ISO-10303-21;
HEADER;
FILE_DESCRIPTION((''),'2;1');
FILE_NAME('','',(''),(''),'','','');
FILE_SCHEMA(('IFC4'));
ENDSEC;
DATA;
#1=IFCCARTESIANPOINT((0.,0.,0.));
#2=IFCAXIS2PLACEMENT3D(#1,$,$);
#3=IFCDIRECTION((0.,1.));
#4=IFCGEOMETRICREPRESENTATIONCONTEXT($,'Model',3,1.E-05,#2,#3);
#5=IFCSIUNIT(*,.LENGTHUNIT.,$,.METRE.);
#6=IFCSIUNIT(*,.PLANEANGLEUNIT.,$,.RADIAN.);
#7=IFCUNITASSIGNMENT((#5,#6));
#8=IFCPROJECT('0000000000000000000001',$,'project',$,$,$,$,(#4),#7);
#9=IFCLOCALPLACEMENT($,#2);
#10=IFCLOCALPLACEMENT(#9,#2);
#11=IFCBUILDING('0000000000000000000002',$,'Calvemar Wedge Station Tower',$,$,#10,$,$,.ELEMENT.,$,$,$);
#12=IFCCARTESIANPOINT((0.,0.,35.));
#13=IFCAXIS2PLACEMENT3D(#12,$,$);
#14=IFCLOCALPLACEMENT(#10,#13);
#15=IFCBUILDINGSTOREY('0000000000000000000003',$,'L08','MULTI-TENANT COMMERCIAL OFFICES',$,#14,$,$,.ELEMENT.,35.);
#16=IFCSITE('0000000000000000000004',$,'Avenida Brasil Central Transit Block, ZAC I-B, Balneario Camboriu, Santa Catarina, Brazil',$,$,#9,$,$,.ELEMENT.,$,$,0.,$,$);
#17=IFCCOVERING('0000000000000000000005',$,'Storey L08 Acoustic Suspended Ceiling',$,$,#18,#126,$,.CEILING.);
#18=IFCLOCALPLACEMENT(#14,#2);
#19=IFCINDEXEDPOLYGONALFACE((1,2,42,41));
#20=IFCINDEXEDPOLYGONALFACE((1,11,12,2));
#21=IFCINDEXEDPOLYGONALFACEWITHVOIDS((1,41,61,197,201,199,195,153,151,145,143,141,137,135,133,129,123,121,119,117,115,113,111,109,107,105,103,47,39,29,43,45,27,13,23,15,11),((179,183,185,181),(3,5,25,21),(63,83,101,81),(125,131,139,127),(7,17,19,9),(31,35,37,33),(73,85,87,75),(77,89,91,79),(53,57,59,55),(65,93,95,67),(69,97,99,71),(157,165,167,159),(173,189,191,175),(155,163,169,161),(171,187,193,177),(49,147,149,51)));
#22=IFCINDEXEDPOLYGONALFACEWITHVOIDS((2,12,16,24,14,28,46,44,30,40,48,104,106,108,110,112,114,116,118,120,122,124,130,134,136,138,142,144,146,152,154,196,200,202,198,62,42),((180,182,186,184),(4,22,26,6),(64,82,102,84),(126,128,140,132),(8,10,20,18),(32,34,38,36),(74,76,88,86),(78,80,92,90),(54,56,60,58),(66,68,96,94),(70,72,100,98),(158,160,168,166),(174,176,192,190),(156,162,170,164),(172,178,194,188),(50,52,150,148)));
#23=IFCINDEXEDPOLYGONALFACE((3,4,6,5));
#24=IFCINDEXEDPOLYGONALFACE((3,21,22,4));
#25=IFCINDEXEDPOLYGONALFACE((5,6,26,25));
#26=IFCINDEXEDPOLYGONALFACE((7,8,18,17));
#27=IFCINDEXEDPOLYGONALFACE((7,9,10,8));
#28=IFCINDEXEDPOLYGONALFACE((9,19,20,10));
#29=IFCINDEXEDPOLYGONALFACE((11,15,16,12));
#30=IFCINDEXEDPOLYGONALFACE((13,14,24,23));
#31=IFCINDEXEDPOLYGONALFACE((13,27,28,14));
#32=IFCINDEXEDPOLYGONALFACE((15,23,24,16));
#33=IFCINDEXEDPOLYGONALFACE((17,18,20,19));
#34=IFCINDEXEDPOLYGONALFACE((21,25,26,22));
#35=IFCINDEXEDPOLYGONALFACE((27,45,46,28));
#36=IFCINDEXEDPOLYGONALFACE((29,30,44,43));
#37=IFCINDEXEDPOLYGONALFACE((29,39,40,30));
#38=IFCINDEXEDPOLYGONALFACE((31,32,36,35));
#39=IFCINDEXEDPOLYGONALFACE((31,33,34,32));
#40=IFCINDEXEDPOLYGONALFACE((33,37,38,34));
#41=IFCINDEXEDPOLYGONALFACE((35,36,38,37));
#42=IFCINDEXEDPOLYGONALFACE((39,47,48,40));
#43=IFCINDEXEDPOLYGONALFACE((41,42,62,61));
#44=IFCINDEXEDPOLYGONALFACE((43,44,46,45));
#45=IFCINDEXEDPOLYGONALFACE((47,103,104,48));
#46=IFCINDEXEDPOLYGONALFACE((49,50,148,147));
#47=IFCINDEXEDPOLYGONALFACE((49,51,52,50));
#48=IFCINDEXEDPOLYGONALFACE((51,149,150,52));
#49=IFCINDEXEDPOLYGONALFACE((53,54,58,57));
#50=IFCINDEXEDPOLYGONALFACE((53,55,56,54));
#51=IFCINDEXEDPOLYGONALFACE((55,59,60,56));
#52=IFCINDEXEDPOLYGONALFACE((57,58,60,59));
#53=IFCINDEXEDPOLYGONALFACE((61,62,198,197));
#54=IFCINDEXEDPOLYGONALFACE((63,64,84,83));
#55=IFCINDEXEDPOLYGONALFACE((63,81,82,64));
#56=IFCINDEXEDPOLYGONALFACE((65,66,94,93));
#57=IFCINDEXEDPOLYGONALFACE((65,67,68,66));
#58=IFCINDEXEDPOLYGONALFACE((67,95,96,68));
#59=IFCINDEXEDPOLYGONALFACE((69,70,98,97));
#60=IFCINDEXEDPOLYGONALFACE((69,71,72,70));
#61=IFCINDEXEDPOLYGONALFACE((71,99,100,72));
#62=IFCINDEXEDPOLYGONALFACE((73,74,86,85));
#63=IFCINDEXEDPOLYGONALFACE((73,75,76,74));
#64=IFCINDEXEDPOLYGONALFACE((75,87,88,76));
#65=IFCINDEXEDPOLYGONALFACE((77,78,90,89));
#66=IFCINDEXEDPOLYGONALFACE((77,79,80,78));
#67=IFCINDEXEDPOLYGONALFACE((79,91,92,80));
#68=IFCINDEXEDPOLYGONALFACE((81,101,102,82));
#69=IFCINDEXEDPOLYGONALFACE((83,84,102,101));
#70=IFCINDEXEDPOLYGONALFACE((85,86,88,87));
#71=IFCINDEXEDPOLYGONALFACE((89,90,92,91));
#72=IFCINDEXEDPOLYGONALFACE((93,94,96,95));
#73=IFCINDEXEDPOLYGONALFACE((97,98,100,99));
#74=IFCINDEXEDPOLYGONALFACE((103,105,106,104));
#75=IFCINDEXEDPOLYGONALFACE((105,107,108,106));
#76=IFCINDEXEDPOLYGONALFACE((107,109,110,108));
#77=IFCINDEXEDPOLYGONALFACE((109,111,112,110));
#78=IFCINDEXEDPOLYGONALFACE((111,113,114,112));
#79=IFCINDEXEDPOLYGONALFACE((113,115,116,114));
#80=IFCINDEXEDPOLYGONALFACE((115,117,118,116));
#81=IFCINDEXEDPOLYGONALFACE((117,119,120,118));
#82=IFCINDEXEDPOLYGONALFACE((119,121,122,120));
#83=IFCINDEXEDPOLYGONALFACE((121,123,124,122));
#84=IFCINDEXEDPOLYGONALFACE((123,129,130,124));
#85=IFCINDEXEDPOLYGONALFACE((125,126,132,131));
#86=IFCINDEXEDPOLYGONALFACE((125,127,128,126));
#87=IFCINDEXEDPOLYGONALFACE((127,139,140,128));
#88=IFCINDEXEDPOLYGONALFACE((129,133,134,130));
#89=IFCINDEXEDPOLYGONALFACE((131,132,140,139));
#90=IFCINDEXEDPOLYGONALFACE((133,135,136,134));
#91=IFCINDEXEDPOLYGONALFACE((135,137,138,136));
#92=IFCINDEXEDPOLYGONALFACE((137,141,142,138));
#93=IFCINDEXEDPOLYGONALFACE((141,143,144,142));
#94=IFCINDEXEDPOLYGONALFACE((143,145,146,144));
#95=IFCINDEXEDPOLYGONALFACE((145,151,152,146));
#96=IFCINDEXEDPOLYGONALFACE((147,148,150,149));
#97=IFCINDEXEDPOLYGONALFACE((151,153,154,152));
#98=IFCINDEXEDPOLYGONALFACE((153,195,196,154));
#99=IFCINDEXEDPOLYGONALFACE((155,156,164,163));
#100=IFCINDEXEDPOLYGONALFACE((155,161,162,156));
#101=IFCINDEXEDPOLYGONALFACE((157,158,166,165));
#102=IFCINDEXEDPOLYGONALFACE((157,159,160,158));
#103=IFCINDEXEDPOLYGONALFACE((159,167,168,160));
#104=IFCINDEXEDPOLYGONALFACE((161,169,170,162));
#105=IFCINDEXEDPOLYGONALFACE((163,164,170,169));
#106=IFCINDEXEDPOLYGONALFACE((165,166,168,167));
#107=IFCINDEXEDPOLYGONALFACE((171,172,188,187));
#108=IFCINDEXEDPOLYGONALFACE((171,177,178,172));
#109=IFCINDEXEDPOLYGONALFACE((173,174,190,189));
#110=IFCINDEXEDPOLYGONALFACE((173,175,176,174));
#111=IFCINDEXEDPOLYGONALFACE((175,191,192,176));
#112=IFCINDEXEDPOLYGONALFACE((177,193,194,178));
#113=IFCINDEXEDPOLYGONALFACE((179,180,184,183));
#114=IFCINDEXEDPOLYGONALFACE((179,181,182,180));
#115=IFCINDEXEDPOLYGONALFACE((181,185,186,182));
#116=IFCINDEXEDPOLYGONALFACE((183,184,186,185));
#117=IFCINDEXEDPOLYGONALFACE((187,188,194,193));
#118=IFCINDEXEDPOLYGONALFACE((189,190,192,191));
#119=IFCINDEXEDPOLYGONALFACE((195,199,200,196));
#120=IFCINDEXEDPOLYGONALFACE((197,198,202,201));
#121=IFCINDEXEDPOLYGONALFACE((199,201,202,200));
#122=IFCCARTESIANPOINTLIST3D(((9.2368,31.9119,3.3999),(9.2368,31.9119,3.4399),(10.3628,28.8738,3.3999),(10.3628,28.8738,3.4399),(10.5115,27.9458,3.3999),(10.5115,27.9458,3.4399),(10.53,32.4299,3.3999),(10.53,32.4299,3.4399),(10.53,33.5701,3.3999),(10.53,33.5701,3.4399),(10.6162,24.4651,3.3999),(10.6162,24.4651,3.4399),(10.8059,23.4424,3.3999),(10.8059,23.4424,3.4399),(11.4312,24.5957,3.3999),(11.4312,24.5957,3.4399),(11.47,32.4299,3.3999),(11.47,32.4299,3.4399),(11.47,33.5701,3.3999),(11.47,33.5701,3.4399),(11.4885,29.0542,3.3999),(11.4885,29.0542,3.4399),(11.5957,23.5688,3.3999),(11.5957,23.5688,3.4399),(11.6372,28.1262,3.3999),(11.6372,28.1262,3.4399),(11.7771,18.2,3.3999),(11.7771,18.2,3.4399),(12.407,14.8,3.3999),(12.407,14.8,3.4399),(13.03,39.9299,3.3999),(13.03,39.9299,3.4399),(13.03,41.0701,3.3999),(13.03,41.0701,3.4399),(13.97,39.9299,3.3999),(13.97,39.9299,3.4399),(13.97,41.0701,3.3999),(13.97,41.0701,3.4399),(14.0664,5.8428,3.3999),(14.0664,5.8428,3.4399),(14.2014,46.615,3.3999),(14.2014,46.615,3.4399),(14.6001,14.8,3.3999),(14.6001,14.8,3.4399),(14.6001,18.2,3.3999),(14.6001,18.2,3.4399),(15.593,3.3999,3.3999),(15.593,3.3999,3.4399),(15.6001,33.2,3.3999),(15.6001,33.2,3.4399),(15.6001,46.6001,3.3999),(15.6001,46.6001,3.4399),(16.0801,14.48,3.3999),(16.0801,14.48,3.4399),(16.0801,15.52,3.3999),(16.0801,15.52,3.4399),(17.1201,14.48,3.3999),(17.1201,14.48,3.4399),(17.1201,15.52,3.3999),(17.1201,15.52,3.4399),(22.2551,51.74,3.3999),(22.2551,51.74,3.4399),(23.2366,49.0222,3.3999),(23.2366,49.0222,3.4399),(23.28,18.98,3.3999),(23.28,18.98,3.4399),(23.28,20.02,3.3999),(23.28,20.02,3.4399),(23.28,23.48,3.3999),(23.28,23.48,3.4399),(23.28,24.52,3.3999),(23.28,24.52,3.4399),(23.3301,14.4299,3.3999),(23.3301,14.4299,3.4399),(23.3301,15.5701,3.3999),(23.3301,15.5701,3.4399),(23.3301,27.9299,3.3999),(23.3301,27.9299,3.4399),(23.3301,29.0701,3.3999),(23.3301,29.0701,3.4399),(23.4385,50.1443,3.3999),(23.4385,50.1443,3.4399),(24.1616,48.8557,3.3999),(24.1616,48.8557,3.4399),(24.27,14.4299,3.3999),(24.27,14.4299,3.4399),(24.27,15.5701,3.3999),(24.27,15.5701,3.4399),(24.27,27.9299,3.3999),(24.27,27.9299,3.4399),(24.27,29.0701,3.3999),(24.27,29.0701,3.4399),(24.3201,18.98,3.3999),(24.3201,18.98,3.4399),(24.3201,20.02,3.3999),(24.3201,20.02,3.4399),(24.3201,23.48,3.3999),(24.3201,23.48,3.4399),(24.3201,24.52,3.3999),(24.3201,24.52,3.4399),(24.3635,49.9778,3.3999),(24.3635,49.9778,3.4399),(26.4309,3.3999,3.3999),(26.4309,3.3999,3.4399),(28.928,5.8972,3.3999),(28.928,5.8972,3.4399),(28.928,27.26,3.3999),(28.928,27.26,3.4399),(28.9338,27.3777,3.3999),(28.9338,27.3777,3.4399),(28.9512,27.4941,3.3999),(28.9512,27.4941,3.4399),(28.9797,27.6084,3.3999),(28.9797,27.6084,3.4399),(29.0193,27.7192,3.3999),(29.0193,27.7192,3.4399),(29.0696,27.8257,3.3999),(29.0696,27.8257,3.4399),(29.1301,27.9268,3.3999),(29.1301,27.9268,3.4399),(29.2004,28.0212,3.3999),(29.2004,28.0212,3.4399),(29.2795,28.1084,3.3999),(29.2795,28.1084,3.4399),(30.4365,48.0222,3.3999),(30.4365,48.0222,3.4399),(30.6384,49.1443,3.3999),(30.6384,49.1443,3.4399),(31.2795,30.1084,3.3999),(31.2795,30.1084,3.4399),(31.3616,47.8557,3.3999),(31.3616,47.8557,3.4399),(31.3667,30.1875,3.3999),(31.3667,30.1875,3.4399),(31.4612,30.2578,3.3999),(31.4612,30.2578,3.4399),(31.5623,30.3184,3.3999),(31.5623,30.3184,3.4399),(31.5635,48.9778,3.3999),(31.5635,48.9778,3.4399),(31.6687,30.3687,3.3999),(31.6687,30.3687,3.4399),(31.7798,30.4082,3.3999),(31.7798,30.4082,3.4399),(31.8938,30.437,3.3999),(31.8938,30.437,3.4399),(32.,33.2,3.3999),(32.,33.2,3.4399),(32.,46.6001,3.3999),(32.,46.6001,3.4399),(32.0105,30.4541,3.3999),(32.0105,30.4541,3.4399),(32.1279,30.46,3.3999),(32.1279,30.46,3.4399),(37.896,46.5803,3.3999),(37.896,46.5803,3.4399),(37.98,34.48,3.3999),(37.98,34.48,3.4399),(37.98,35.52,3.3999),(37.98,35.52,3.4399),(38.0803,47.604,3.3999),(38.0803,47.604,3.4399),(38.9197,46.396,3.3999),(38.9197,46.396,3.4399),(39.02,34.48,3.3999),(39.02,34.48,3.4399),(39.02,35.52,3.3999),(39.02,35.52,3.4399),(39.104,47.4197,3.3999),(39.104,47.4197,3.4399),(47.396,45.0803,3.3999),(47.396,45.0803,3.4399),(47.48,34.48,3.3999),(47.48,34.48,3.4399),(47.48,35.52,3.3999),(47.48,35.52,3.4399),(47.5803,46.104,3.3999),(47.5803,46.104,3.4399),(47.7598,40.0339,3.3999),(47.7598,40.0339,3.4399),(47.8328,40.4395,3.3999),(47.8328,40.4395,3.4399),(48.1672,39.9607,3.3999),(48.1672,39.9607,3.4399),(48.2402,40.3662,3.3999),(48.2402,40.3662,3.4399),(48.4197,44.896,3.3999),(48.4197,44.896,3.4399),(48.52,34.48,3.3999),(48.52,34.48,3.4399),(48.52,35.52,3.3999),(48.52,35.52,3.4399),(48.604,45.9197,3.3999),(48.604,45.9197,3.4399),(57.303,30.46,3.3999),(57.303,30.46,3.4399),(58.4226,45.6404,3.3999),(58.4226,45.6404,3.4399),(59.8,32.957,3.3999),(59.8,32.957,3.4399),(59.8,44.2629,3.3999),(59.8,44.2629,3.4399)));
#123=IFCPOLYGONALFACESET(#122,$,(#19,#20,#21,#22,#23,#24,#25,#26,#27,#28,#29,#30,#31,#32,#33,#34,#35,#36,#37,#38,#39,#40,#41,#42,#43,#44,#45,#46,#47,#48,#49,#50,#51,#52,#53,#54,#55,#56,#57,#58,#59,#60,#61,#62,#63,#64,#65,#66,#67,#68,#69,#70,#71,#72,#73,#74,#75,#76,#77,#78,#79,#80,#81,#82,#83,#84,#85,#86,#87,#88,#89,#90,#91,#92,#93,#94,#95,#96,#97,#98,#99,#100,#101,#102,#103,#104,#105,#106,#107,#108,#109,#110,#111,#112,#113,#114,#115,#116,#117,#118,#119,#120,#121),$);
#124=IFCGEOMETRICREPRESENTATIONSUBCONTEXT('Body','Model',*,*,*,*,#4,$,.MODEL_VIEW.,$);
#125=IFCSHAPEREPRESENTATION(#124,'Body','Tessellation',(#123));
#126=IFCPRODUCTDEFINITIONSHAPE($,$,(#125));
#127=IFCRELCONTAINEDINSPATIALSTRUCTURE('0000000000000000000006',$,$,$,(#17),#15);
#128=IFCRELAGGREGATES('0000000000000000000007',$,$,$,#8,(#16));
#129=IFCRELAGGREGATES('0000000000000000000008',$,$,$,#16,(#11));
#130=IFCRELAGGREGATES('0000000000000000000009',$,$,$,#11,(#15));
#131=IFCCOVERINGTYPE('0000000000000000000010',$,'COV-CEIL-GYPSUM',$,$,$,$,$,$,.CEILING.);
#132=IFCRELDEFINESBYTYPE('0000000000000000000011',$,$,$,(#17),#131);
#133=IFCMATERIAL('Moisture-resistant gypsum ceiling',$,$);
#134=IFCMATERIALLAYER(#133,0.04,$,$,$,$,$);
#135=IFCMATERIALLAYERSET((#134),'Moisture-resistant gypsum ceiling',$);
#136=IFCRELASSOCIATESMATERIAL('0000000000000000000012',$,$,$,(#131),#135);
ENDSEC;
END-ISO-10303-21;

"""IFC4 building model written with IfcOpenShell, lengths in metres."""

from ifc_helpers import new_model, si_unit, direction, frame, origin, place, context, subcontext, project, spatial, polyline, outline, extrude, material, layer, layer_set, type_object, element, save


model = new_model("IFC4")

# Units and contexts
model_context = context("Model", 3, precision=1e-05, world=origin(), true_north=direction((0.0, 1.0)))
body_context = subcontext(model_context, "Body", "Model", "MODEL_VIEW")
ifc_project = project(units=[si_unit("LENGTHUNIT", "METRE"), si_unit("PLANEANGLEUNIT", "RADIAN")], contexts=[model_context])

# Site, building, storey
site_placement = place(None, origin())
site = spatial("IfcSite", under=ifc_project, at=site_placement, Name="Avenida Brasil Central Transit Block, ZAC I-B, Balneario Camboriu, Santa Catarina, Brazil", CompositionType="ELEMENT", RefElevation=0.0)
building_placement = place(site_placement, origin())
building = spatial("IfcBuilding", under=site, at=building_placement, Name="Calvemar Wedge Station Tower", CompositionType="ELEMENT")
storey_placement = place(building_placement, frame((0.0, 0.0, 35.0)))
storey = spatial("IfcBuildingStorey", under=building, at=storey_placement, Name="L08", Description="MULTI-TENANT COMMERCIAL OFFICES", CompositionType="ELEMENT", Elevation=35.0)

# Covering
ifc_material_1 = material(Name="Moisture-resistant gypsum ceiling")
ifc_layer_1 = layer(ifc_material_1, 0.04)
ifc_layer_set_1 = layer_set([ifc_layer_1], Name="Moisture-resistant gypsum ceiling")
covering_type_1 = type_object("IfcCoveringType", Name="COV-CEIL-GYPSUM", PredefinedType="CEILING", material=ifc_layer_set_1)
covering_1_placement = place(storey_placement, frame((0.0, 0.0, 3.3999)))
element("IfcCovering", 1, at=covering_1_placement, inside=storey, type_object=covering_type_1, Name="Storey L08 Acoustic Suspended Ceiling", PredefinedType="CEILING", context=body_context, shape_type="SweptSolid", body=[
    extrude(outline(polyline([(29.2795, 28.1084), (31.2795, 30.1084), (31.3667, 30.1875), (31.4612, 30.2578), (31.5623, 30.3184), (31.6687, 30.3687), (31.7798, 30.4082), (31.8938, 30.437), (32.0105, 30.4541), (32.1279, 30.46), (57.303, 30.46), (59.8, 32.957), (59.8, 44.2629), (58.4226, 45.6404), (22.2551, 51.74), (14.2014, 46.615), (9.2368, 31.9119), (10.6162, 24.4651), (11.4312, 24.5957), (11.5957, 23.5688), (10.8059, 23.4424), (11.7771, 18.2), (14.6001, 18.2), (14.6001, 14.8), (12.407, 14.8), (14.0664, 5.8428), (15.593, 3.3999), (26.4309, 3.3999), (28.928, 5.8972), (28.928, 27.26), (28.9338, 27.3777), (28.9512, 27.4941), (28.9797, 27.6084), (29.0193, 27.7192), (29.0696, 27.8257), (29.1301, 27.9268), (29.2004, 28.0212), (29.2795, 28.1084)]), holes=[polyline([(15.6001, 46.6001), (32.0, 46.6001), (32.0, 33.2), (15.6001, 33.2), (15.6001, 46.6001)]), polyline([(10.53, 32.4299), (10.53, 33.5701), (11.47, 33.5701), (11.47, 32.4299), (10.53, 32.4299)]), polyline([(13.03, 41.0701), (13.97, 41.0701), (13.97, 39.9299), (13.03, 39.9299), (13.03, 41.0701)]), polyline([(24.3635, 49.9778), (24.1616, 48.8557), (23.2366, 49.0222), (23.4385, 50.1443), (24.3635, 49.9778)]), polyline([(31.3616, 47.8557), (30.4365, 48.0222), (30.6384, 49.1443), (31.5635, 48.9778), (31.3616, 47.8557)]), polyline([(37.896, 46.5803), (38.0803, 47.604), (39.104, 47.4197), (38.9197, 46.396), (37.896, 46.5803)]), polyline([(47.5803, 46.104), (48.604, 45.9197), (48.4197, 44.896), (47.396, 45.0803), (47.5803, 46.104)]), polyline([(39.02, 35.52), (39.02, 34.48), (37.98, 34.48), (37.98, 35.52), (39.02, 35.52)]), polyline([(48.52, 34.48), (47.48, 34.48), (47.48, 35.52), (48.52, 35.52), (48.52, 34.48)]), polyline([(47.7598, 40.0339), (47.8328, 40.4395), (48.2402, 40.3662), (48.1672, 39.9607), (47.7598, 40.0339)]), polyline([(11.4885, 29.0542), (11.6372, 28.1262), (10.5115, 27.9458), (10.3628, 28.8738), (11.4885, 29.0542)]), polyline([(24.27, 27.9299), (23.3301, 27.9299), (23.3301, 29.0701), (24.27, 29.0701), (24.27, 27.9299)]), polyline([(23.28, 23.48), (23.28, 24.52), (24.3201, 24.52), (24.3201, 23.48), (23.28, 23.48)]), polyline([(23.28, 20.02), (24.3201, 20.02), (24.3201, 18.98), (23.28, 18.98), (23.28, 20.02)]), polyline([(24.27, 15.5701), (24.27, 14.4299), (23.3301, 14.4299), (23.3301, 15.5701), (24.27, 15.5701)]), polyline([(17.1201, 14.48), (16.0801, 14.48), (16.0801, 15.52), (17.1201, 15.52), (17.1201, 14.48)])]), origin(), (0.0, 0.0, 1.0), 0.04),
])

save(model, "model.ifc")
